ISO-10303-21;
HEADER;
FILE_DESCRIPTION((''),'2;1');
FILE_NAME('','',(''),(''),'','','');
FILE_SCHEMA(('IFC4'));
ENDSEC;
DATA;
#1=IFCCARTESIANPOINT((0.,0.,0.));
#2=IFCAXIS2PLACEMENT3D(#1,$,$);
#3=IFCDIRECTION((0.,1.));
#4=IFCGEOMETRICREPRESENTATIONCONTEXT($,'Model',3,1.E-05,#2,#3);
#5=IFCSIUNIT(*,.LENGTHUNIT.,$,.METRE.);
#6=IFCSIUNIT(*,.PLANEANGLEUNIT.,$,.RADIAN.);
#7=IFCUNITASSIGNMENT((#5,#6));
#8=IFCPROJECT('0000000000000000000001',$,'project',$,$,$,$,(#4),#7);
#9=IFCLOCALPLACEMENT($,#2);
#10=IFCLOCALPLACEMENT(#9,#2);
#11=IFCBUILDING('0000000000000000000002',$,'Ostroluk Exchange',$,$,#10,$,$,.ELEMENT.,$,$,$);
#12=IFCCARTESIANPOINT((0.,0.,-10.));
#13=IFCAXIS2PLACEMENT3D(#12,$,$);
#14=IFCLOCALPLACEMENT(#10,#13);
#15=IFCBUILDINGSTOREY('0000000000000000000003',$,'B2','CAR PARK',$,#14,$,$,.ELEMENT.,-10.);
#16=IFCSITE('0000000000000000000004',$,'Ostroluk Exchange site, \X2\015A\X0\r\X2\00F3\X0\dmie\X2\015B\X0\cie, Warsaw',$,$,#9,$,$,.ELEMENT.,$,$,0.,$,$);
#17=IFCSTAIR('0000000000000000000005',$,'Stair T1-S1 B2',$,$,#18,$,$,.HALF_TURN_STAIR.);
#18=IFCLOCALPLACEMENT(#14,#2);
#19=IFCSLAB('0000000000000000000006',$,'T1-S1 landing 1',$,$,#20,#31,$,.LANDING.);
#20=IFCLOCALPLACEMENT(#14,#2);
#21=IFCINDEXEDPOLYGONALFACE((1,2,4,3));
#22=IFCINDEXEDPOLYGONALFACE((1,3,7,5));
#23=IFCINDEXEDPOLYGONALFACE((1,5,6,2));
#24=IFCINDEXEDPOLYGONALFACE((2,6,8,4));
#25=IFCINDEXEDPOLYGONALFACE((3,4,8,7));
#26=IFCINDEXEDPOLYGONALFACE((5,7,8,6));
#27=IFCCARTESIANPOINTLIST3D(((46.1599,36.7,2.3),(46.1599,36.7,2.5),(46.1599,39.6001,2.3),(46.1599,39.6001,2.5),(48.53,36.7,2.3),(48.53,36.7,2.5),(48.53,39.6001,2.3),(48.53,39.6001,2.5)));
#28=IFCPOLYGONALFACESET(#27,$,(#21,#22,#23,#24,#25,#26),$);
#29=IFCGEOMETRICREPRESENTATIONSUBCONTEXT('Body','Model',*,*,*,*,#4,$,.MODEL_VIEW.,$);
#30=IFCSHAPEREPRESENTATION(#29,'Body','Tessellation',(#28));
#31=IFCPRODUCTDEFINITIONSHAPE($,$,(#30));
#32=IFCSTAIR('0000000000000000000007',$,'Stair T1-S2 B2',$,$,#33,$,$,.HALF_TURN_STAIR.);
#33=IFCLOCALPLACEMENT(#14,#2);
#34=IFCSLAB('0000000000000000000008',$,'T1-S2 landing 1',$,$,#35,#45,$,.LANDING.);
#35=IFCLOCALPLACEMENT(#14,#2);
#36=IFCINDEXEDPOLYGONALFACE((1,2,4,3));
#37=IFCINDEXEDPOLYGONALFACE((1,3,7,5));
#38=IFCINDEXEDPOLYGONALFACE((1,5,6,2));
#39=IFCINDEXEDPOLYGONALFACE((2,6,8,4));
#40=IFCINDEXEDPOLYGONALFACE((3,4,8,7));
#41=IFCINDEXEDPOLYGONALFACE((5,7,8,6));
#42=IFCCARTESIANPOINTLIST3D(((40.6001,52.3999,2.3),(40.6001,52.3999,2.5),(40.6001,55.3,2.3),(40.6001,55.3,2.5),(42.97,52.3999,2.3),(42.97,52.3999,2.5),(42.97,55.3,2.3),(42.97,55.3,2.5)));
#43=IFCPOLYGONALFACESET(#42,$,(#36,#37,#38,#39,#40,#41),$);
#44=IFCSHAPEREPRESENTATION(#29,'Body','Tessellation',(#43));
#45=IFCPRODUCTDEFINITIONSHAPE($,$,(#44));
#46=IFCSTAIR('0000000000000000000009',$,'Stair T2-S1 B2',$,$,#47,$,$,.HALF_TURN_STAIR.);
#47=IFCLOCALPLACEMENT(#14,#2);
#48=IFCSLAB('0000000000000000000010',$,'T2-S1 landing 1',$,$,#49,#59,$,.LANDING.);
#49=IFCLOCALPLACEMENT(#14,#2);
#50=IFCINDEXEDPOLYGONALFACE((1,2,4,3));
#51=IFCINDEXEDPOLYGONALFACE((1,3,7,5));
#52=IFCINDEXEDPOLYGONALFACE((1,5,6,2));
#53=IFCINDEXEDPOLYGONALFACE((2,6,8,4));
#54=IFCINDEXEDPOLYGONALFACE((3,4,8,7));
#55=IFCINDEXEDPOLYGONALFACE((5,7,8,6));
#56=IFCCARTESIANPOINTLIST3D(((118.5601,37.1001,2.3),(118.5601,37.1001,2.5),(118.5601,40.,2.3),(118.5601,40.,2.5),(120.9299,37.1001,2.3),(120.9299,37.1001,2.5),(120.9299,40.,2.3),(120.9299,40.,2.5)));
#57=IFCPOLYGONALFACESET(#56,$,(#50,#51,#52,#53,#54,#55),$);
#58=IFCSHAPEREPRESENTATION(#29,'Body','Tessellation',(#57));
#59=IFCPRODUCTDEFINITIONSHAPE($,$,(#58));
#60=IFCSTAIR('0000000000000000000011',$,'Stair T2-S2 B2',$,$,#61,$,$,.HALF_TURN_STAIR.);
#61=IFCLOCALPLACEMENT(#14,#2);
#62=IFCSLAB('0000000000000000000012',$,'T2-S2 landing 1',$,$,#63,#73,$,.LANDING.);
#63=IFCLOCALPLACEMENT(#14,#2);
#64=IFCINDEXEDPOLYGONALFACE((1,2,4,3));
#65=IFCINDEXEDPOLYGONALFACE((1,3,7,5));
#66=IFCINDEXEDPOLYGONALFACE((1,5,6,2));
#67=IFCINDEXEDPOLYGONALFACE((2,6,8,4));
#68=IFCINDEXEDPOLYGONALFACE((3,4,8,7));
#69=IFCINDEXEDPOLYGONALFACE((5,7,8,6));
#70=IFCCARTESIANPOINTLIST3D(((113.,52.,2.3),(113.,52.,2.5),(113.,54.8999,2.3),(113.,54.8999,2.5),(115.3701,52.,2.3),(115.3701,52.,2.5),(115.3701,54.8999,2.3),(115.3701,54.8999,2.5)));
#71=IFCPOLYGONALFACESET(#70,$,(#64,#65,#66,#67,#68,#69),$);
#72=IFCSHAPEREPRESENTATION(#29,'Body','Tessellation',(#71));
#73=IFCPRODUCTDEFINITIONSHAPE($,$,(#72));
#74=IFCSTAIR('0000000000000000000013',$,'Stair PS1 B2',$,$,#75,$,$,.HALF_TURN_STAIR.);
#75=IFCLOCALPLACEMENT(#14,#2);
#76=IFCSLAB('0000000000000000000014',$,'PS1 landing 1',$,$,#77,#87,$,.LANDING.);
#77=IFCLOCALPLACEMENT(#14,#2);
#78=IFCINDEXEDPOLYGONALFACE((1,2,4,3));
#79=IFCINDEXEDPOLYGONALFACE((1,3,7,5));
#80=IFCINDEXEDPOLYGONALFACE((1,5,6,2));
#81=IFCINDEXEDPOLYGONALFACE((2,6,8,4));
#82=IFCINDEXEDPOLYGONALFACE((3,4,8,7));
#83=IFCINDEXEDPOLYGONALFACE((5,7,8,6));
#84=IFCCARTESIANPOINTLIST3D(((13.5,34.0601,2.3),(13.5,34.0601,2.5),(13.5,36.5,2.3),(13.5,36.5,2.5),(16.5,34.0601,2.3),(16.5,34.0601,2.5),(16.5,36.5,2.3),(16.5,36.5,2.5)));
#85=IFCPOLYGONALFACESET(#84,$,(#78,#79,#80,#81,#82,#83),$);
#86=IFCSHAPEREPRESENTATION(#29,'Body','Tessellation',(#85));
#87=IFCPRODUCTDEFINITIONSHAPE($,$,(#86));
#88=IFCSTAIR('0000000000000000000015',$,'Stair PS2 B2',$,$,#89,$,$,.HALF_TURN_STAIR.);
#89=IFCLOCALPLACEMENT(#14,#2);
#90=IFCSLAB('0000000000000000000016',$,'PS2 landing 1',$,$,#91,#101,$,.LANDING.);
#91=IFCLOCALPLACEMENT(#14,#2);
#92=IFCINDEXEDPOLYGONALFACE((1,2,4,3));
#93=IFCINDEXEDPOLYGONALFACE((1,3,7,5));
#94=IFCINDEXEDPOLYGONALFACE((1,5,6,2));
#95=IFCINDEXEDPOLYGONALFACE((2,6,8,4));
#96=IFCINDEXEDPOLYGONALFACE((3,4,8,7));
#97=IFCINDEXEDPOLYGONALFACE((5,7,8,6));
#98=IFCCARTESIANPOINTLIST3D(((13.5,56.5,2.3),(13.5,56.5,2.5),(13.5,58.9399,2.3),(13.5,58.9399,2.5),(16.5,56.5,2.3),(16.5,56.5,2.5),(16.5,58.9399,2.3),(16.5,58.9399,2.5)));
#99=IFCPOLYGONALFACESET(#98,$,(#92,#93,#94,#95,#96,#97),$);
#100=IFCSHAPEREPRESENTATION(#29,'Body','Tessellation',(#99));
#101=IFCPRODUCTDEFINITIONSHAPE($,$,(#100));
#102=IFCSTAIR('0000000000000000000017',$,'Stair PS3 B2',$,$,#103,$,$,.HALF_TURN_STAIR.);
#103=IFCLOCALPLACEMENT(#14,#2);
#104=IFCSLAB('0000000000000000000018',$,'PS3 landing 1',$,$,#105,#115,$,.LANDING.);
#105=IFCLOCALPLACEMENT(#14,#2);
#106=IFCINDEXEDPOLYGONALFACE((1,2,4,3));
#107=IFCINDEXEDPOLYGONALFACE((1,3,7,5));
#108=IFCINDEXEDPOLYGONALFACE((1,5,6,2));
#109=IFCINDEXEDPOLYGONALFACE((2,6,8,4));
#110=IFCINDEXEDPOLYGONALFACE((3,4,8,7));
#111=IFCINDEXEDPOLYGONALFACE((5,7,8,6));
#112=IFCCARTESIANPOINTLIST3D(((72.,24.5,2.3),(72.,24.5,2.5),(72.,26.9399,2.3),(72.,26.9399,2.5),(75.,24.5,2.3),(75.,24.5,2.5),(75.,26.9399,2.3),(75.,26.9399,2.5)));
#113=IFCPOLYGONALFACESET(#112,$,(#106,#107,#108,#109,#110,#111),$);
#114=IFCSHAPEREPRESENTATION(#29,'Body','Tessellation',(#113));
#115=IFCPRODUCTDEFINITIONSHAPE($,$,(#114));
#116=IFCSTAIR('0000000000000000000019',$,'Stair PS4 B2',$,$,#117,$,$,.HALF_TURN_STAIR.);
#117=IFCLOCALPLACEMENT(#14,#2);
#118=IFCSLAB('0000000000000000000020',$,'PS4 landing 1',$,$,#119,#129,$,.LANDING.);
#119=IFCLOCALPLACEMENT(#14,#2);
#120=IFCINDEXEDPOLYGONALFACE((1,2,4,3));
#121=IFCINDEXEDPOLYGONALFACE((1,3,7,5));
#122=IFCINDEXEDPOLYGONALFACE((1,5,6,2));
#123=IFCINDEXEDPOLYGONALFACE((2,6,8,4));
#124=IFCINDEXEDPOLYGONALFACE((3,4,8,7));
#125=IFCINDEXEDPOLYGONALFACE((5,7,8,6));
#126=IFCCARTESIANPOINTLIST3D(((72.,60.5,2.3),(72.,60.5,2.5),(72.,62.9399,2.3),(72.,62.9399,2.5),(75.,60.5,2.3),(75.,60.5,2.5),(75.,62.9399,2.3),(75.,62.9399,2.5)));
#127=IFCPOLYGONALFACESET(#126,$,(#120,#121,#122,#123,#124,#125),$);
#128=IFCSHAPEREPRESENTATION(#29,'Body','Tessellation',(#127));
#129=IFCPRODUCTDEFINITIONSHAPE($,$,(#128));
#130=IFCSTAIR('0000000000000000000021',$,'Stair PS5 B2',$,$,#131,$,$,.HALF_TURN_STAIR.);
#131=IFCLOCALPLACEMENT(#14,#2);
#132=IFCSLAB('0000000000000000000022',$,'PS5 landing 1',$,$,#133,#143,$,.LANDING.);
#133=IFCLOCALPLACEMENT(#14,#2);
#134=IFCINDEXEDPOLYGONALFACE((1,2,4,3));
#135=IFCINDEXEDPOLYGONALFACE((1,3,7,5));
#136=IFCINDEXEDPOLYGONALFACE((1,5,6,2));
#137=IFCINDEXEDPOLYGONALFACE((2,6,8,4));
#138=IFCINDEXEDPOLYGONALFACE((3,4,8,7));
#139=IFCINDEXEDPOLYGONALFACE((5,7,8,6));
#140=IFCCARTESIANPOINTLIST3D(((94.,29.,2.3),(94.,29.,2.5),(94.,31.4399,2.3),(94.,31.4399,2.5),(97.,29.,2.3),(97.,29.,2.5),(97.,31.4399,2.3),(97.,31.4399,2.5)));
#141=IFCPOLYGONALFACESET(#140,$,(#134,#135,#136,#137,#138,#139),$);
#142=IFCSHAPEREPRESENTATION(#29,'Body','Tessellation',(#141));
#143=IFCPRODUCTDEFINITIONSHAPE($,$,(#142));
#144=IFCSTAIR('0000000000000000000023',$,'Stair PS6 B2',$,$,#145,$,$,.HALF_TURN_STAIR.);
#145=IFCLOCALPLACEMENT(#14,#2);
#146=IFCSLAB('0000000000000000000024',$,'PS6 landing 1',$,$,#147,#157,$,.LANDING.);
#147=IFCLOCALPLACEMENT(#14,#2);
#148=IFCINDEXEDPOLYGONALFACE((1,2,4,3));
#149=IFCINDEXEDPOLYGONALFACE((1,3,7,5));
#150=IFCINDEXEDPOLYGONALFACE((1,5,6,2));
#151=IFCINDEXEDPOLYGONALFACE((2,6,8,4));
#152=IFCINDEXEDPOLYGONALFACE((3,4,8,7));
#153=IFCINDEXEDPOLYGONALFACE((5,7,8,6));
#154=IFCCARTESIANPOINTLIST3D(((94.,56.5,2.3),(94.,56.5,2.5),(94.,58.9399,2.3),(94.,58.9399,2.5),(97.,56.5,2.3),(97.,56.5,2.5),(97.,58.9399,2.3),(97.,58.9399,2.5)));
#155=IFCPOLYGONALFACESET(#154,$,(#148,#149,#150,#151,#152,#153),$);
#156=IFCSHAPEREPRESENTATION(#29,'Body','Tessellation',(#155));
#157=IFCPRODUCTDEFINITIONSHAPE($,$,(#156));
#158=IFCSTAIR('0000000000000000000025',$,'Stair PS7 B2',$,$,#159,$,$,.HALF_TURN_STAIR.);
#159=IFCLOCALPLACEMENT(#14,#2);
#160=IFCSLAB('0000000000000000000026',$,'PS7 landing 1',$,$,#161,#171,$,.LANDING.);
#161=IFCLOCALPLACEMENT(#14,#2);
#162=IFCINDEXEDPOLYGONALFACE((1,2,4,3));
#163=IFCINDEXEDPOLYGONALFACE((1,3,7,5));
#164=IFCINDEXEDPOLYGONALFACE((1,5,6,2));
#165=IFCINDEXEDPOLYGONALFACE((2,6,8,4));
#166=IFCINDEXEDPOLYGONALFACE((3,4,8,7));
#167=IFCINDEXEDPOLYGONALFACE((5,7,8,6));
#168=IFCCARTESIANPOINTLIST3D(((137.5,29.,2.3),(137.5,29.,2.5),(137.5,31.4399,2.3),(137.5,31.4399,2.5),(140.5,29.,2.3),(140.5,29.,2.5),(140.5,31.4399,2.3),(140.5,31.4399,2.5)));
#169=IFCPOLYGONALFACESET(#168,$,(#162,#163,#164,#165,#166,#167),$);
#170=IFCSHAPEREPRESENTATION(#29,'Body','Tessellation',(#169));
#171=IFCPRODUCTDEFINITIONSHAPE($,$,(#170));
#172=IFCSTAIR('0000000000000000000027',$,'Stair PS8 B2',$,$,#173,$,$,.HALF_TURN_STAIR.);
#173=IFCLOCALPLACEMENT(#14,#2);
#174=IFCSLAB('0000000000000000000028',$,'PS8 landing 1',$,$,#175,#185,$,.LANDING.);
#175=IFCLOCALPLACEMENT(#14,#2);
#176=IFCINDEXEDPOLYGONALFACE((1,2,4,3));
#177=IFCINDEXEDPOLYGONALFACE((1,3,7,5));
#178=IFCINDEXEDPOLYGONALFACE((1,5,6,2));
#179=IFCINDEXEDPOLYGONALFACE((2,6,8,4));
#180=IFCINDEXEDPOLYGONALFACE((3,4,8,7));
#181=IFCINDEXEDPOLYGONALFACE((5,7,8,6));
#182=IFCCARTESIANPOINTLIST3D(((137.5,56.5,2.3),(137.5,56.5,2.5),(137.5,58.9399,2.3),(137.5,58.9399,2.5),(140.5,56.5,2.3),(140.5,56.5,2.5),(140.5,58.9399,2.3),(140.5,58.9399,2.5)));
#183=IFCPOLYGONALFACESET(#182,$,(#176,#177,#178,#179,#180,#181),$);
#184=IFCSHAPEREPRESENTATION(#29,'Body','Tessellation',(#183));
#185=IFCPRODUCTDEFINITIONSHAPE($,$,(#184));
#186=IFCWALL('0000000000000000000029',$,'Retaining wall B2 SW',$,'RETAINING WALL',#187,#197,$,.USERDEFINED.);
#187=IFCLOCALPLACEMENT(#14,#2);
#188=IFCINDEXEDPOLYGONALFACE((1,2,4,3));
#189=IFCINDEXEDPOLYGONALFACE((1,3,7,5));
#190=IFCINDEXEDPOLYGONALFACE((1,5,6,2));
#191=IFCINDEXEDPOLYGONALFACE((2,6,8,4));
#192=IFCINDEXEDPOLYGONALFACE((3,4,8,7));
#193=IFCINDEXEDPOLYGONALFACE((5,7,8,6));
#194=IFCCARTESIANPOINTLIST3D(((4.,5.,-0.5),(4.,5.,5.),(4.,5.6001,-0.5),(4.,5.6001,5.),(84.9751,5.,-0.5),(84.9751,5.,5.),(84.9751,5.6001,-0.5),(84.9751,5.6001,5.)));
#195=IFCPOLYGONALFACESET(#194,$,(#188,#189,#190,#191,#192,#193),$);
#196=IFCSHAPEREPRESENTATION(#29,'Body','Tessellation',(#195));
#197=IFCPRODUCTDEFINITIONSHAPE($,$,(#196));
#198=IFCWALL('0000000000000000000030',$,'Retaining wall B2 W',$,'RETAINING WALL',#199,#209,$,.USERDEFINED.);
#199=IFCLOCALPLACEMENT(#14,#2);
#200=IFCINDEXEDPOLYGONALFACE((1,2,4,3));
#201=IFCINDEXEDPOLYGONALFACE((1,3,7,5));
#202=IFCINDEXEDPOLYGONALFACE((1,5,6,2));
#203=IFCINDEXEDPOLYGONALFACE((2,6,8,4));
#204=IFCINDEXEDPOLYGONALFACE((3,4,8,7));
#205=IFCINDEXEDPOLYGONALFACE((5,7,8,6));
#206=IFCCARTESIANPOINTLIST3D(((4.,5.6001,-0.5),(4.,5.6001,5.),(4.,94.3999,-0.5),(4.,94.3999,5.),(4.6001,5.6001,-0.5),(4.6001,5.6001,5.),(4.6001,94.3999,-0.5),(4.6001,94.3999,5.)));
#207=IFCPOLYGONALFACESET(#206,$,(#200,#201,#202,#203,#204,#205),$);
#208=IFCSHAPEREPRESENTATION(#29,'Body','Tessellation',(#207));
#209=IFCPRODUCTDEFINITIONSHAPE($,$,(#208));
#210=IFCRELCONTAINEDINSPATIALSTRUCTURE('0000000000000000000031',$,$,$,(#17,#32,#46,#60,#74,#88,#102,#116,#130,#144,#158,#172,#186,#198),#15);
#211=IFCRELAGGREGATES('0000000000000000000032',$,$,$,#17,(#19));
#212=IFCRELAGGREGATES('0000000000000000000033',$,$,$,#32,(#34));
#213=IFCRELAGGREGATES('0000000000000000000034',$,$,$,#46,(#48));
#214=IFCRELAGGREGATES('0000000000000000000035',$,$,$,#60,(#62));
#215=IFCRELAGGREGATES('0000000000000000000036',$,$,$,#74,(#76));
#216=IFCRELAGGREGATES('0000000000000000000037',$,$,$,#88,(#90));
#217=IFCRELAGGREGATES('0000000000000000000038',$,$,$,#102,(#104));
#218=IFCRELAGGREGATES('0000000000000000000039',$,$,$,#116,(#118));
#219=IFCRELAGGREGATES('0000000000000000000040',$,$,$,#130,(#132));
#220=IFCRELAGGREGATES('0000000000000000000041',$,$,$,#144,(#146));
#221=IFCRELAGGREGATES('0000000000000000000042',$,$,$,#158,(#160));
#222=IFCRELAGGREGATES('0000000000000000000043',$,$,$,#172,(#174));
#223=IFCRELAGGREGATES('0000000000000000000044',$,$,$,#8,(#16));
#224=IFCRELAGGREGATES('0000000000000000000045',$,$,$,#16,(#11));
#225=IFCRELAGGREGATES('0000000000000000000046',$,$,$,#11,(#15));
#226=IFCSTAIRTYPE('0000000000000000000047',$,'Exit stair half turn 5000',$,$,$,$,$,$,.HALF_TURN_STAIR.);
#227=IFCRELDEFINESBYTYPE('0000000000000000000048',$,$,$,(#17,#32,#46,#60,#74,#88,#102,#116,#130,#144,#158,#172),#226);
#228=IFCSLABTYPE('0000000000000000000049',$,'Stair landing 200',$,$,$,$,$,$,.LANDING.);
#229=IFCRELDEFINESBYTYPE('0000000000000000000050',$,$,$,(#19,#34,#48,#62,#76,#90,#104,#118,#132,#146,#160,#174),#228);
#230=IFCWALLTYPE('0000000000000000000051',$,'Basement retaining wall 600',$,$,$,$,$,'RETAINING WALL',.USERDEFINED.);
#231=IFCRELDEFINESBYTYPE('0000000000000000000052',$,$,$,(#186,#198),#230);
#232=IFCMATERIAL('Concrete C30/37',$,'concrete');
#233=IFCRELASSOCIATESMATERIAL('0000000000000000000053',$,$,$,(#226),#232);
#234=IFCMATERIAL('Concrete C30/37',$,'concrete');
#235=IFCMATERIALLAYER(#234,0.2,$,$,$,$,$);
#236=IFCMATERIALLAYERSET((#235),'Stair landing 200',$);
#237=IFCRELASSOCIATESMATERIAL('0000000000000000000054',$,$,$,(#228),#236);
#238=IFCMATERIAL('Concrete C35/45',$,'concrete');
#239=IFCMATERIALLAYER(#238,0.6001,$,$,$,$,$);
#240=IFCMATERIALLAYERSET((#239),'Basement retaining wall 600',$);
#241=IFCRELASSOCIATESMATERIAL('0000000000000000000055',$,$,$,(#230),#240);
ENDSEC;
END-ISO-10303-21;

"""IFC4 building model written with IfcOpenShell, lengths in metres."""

from ifc_helpers import new_model, si_unit, direction, frame, frame_2d, origin, place, context, subcontext, project, spatial, polyline, rectangle, outline, extrude, material, layer, layer_set, type_object, element, aggregate, save


model = new_model("IFC4")

# Units and contexts
model_context = context("Model", 3, precision=1e-05, world=origin(), true_north=direction((0.0, 1.0)))
body_context = subcontext(model_context, "Body", "Model", "MODEL_VIEW")
ifc_project = project(units=[si_unit("LENGTHUNIT", "METRE"), si_unit("PLANEANGLEUNIT", "RADIAN")], contexts=[model_context])

# Site, building, storey
site_placement = place(None, origin())
site = spatial("IfcSite", under=ifc_project, at=site_placement, Name="Ostroluk Exchange site, Śródmieście, Warsaw", CompositionType="ELEMENT", RefElevation=0.0)
building_placement = place(site_placement, origin())
building = spatial("IfcBuilding", under=site, at=building_placement, Name="Ostroluk Exchange", CompositionType="ELEMENT")
storey_placement = place(building_placement, frame((0.0, 0.0, -10.0)))
storey = spatial("IfcBuildingStorey", under=building, at=storey_placement, Name="B2", Description="CAR PARK", CompositionType="ELEMENT", Elevation=-10.0)

# Stairs, slabs
ifc_material_1 = material(Name="Concrete C30/37", Category="concrete")
stair_type = type_object("IfcStairType", Name="Exit stair half turn 5000", PredefinedType="HALF_TURN_STAIR", material=ifc_material_1)
stair_1_placement = place(storey_placement, origin())
stair_1 = element("IfcStair", 1, at=stair_1_placement, inside=storey, type_object=stair_type, Name="Stair T1-S1 B2", PredefinedType="HALF_TURN_STAIR")
ifc_material_2 = material(Name="Concrete C30/37", Category="concrete")
ifc_layer_1 = layer(ifc_material_2, 0.2)
ifc_layer_set_1 = layer_set([ifc_layer_1], Name="Stair landing 200")
slab_type_1 = type_object("IfcSlabType", Name="Stair landing 200", PredefinedType="LANDING", material=ifc_layer_set_1)
slab_1_placement = place(storey_placement, frame((0.0, 0.0, 2.3)))
slab_1 = element("IfcSlab", 2, at=slab_1_placement, type_object=slab_type_1, Name="T1-S1 landing 1", PredefinedType="LANDING", context=body_context, shape_type="SweptSolid", body=[
    extrude(outline(polyline([(46.1599, 36.7), (46.1599, 39.6001), (48.53, 39.6001), (48.53, 36.7), (46.1599, 36.7)])), origin(), (0.0, 0.0, 1.0), 0.2),
])
aggregate(stair_1, [slab_1])
stair_2_placement = place(storey_placement, origin())
stair_2 = element("IfcStair", 3, at=stair_2_placement, inside=storey, type_object=stair_type, Name="Stair T1-S2 B2", PredefinedType="HALF_TURN_STAIR")
slab_2_placement = place(storey_placement, frame((0.0, 0.0, 2.3)))
slab_2 = element("IfcSlab", 4, at=slab_2_placement, type_object=slab_type_1, Name="T1-S2 landing 1", PredefinedType="LANDING", context=body_context, shape_type="SweptSolid", body=[
    extrude(outline(polyline([(42.97, 52.3999), (42.97, 55.3), (40.6001, 55.3), (40.6001, 52.3999), (42.97, 52.3999)])), origin(), (0.0, 0.0, 1.0), 0.2),
])
aggregate(stair_2, [slab_2])
stair_3_placement = place(storey_placement, origin())
stair_3 = element("IfcStair", 5, at=stair_3_placement, inside=storey, type_object=stair_type, Name="Stair T2-S1 B2", PredefinedType="HALF_TURN_STAIR")
slab_3_placement = place(storey_placement, frame((0.0, 0.0, 2.3)))
slab_3 = element("IfcSlab", 6, at=slab_3_placement, type_object=slab_type_1, Name="T2-S1 landing 1", PredefinedType="LANDING", context=body_context, shape_type="SweptSolid", body=[
    extrude(outline(polyline([(118.5601, 37.1001), (118.5601, 40.0), (120.9299, 40.0), (120.9299, 37.1001), (118.5601, 37.1001)])), origin(), (0.0, 0.0, 1.0), 0.2),
])
aggregate(stair_3, [slab_3])
stair_4_placement = place(storey_placement, origin())
stair_4 = element("IfcStair", 7, at=stair_4_placement, inside=storey, type_object=stair_type, Name="Stair T2-S2 B2", PredefinedType="HALF_TURN_STAIR")
slab_4_placement = place(storey_placement, frame((0.0, 0.0, 2.3)))
slab_4 = element("IfcSlab", 8, at=slab_4_placement, type_object=slab_type_1, Name="T2-S2 landing 1", PredefinedType="LANDING", context=body_context, shape_type="SweptSolid", body=[
    extrude(outline(polyline([(115.3701, 52.0), (115.3701, 54.8999), (113.0, 54.8999), (113.0, 52.0), (115.3701, 52.0)])), origin(), (0.0, 0.0, 1.0), 0.2),
])
aggregate(stair_4, [slab_4])
stair_5_placement = place(storey_placement, origin())
stair_5 = element("IfcStair", 9, at=stair_5_placement, inside=storey, type_object=stair_type, Name="Stair PS1 B2", PredefinedType="HALF_TURN_STAIR")
slab_5_placement = place(storey_placement, frame((0.0, 0.0, 2.3)))
slab_5 = element("IfcSlab", 10, at=slab_5_placement, type_object=slab_type_1, Name="PS1 landing 1", PredefinedType="LANDING", context=body_context, shape_type="SweptSolid", body=[
    extrude(outline(polyline([(13.5, 34.0601), (16.5, 34.0601), (16.5, 36.5), (13.5, 36.5), (13.5, 34.0601)])), origin(), (0.0, 0.0, 1.0), 0.2),
])
aggregate(stair_5, [slab_5])
stair_6_placement = place(storey_placement, origin())
stair_6 = element("IfcStair", 11, at=stair_6_placement, inside=storey, type_object=stair_type, Name="Stair PS2 B2", PredefinedType="HALF_TURN_STAIR")
slab_6_placement = place(storey_placement, frame((0.0, 0.0, 2.3)))
slab_6 = element("IfcSlab", 12, at=slab_6_placement, type_object=slab_type_1, Name="PS2 landing 1", PredefinedType="LANDING", context=body_context, shape_type="SweptSolid", body=[
    extrude(outline(polyline([(13.5, 58.9399), (16.5, 58.9399), (16.5, 56.5), (13.5, 56.5), (13.5, 58.9399)])), origin(), (0.0, 0.0, 1.0), 0.2),
])
aggregate(stair_6, [slab_6])
stair_7_placement = place(storey_placement, origin())
stair_7 = element("IfcStair", 13, at=stair_7_placement, inside=storey, type_object=stair_type, Name="Stair PS3 B2", PredefinedType="HALF_TURN_STAIR")
slab_7_placement = place(storey_placement, frame((0.0, 0.0, 2.3)))
slab_7 = element("IfcSlab", 14, at=slab_7_placement, type_object=slab_type_1, Name="PS3 landing 1", PredefinedType="LANDING", context=body_context, shape_type="SweptSolid", body=[
    extrude(outline(polyline([(72.0, 26.9399), (75.0, 26.9399), (75.0, 24.5), (72.0, 24.5), (72.0, 26.9399)])), origin(), (0.0, 0.0, 1.0), 0.2),
])
aggregate(stair_7, [slab_7])
stair_8_placement = place(storey_placement, origin())
stair_8 = element("IfcStair", 15, at=stair_8_placement, inside=storey, type_object=stair_type, Name="Stair PS4 B2", PredefinedType="HALF_TURN_STAIR")
slab_8_placement = place(storey_placement, frame((0.0, 0.0, 2.3)))
slab_8 = element("IfcSlab", 16, at=slab_8_placement, type_object=slab_type_1, Name="PS4 landing 1", PredefinedType="LANDING", context=body_context, shape_type="SweptSolid", body=[
    extrude(outline(polyline([(72.0, 62.9399), (75.0, 62.9399), (75.0, 60.5), (72.0, 60.5), (72.0, 62.9399)])), origin(), (0.0, 0.0, 1.0), 0.2),
])
aggregate(stair_8, [slab_8])
stair_9_placement = place(storey_placement, origin())
stair_9 = element("IfcStair", 17, at=stair_9_placement, inside=storey, type_object=stair_type, Name="Stair PS5 B2", PredefinedType="HALF_TURN_STAIR")
slab_9_placement = place(storey_placement, frame((0.0, 0.0, 2.3)))
slab_9 = element("IfcSlab", 18, at=slab_9_placement, type_object=slab_type_1, Name="PS5 landing 1", PredefinedType="LANDING", context=body_context, shape_type="SweptSolid", body=[
    extrude(outline(polyline([(94.0, 31.4399), (97.0, 31.4399), (97.0, 29.0), (94.0, 29.0), (94.0, 31.4399)])), origin(), (0.0, 0.0, 1.0), 0.2),
])
aggregate(stair_9, [slab_9])
stair_10_placement = place(storey_placement, origin())
stair_10 = element("IfcStair", 19, at=stair_10_placement, inside=storey, type_object=stair_type, Name="Stair PS6 B2", PredefinedType="HALF_TURN_STAIR")
slab_10_placement = place(storey_placement, frame((0.0, 0.0, 2.3)))
slab_10 = element("IfcSlab", 20, at=slab_10_placement, type_object=slab_type_1, Name="PS6 landing 1", PredefinedType="LANDING", context=body_context, shape_type="SweptSolid", body=[
    extrude(outline(polyline([(94.0, 58.9399), (97.0, 58.9399), (97.0, 56.5), (94.0, 56.5), (94.0, 58.9399)])), origin(), (0.0, 0.0, 1.0), 0.2),
])
aggregate(stair_10, [slab_10])
stair_11_placement = place(storey_placement, origin())
stair_11 = element("IfcStair", 21, at=stair_11_placement, inside=storey, type_object=stair_type, Name="Stair PS7 B2", PredefinedType="HALF_TURN_STAIR")
slab_11_placement = place(storey_placement, frame((0.0, 0.0, 2.3)))
slab_11 = element("IfcSlab", 22, at=slab_11_placement, type_object=slab_type_1, Name="PS7 landing 1", PredefinedType="LANDING", context=body_context, shape_type="SweptSolid", body=[
    extrude(outline(polyline([(137.5, 31.4399), (140.5, 31.4399), (140.5, 29.0), (137.5, 29.0), (137.5, 31.4399)])), origin(), (0.0, 0.0, 1.0), 0.2),
])
aggregate(stair_11, [slab_11])
stair_12_placement = place(storey_placement, origin())
stair_12 = element("IfcStair", 23, at=stair_12_placement, inside=storey, type_object=stair_type, Name="Stair PS8 B2", PredefinedType="HALF_TURN_STAIR")
slab_12_placement = place(storey_placement, frame((0.0, 0.0, 2.3)))
slab_12 = element("IfcSlab", 24, at=slab_12_placement, type_object=slab_type_1, Name="PS8 landing 1", PredefinedType="LANDING", context=body_context, shape_type="SweptSolid", body=[
    extrude(outline(polyline([(137.5, 58.9399), (140.5, 58.9399), (140.5, 56.5), (137.5, 56.5), (137.5, 58.9399)])), origin(), (0.0, 0.0, 1.0), 0.2),
])
aggregate(stair_12, [slab_12])

# Walls
ifc_material_3 = material(Name="Concrete C35/45", Category="concrete")
ifc_layer_2 = layer(ifc_material_3, 0.6001)
ifc_layer_set_2 = layer_set([ifc_layer_2], Name="Basement retaining wall 600")
wall_type = type_object("IfcWallType", Name="Basement retaining wall 600", ElementType="RETAINING WALL", PredefinedType="USERDEFINED", material=ifc_layer_set_2)
wall_1_placement = place(storey_placement, frame((4.0, 5.3, -0.5), z_axis=(0.0, 0.0, 1.0), x_axis=(1.0, 0.0, 0.0)))
element("IfcWall", 25, at=wall_1_placement, inside=storey, type_object=wall_type, Name="Retaining wall B2 SW", ObjectType="RETAINING WALL", PredefinedType="USERDEFINED", context=body_context, shape_type="SweptSolid", body=[
    extrude(rectangle(XDim=80.9751, YDim=0.6001, at=frame_2d((40.4875, 0.0))), origin(), (0.0, 0.0, 1.0), 5.5),
])
wall_2_placement = place(storey_placement, frame((4.3, 5.6001, -0.5), z_axis=(0.0, 0.0, 1.0), x_axis=(0.0, 1.0, 0.0)))
element("IfcWall", 26, at=wall_2_placement, inside=storey, type_object=wall_type, Name="Retaining wall B2 W", ObjectType="RETAINING WALL", PredefinedType="USERDEFINED", context=body_context, shape_type="SweptSolid", body=[
    extrude(rectangle(XDim=88.7998, YDim=0.6001, at=frame_2d((44.3999, 0.0))), origin(), (0.0, 0.0, 1.0), 5.5),
])

save(model, "model.ifc")
